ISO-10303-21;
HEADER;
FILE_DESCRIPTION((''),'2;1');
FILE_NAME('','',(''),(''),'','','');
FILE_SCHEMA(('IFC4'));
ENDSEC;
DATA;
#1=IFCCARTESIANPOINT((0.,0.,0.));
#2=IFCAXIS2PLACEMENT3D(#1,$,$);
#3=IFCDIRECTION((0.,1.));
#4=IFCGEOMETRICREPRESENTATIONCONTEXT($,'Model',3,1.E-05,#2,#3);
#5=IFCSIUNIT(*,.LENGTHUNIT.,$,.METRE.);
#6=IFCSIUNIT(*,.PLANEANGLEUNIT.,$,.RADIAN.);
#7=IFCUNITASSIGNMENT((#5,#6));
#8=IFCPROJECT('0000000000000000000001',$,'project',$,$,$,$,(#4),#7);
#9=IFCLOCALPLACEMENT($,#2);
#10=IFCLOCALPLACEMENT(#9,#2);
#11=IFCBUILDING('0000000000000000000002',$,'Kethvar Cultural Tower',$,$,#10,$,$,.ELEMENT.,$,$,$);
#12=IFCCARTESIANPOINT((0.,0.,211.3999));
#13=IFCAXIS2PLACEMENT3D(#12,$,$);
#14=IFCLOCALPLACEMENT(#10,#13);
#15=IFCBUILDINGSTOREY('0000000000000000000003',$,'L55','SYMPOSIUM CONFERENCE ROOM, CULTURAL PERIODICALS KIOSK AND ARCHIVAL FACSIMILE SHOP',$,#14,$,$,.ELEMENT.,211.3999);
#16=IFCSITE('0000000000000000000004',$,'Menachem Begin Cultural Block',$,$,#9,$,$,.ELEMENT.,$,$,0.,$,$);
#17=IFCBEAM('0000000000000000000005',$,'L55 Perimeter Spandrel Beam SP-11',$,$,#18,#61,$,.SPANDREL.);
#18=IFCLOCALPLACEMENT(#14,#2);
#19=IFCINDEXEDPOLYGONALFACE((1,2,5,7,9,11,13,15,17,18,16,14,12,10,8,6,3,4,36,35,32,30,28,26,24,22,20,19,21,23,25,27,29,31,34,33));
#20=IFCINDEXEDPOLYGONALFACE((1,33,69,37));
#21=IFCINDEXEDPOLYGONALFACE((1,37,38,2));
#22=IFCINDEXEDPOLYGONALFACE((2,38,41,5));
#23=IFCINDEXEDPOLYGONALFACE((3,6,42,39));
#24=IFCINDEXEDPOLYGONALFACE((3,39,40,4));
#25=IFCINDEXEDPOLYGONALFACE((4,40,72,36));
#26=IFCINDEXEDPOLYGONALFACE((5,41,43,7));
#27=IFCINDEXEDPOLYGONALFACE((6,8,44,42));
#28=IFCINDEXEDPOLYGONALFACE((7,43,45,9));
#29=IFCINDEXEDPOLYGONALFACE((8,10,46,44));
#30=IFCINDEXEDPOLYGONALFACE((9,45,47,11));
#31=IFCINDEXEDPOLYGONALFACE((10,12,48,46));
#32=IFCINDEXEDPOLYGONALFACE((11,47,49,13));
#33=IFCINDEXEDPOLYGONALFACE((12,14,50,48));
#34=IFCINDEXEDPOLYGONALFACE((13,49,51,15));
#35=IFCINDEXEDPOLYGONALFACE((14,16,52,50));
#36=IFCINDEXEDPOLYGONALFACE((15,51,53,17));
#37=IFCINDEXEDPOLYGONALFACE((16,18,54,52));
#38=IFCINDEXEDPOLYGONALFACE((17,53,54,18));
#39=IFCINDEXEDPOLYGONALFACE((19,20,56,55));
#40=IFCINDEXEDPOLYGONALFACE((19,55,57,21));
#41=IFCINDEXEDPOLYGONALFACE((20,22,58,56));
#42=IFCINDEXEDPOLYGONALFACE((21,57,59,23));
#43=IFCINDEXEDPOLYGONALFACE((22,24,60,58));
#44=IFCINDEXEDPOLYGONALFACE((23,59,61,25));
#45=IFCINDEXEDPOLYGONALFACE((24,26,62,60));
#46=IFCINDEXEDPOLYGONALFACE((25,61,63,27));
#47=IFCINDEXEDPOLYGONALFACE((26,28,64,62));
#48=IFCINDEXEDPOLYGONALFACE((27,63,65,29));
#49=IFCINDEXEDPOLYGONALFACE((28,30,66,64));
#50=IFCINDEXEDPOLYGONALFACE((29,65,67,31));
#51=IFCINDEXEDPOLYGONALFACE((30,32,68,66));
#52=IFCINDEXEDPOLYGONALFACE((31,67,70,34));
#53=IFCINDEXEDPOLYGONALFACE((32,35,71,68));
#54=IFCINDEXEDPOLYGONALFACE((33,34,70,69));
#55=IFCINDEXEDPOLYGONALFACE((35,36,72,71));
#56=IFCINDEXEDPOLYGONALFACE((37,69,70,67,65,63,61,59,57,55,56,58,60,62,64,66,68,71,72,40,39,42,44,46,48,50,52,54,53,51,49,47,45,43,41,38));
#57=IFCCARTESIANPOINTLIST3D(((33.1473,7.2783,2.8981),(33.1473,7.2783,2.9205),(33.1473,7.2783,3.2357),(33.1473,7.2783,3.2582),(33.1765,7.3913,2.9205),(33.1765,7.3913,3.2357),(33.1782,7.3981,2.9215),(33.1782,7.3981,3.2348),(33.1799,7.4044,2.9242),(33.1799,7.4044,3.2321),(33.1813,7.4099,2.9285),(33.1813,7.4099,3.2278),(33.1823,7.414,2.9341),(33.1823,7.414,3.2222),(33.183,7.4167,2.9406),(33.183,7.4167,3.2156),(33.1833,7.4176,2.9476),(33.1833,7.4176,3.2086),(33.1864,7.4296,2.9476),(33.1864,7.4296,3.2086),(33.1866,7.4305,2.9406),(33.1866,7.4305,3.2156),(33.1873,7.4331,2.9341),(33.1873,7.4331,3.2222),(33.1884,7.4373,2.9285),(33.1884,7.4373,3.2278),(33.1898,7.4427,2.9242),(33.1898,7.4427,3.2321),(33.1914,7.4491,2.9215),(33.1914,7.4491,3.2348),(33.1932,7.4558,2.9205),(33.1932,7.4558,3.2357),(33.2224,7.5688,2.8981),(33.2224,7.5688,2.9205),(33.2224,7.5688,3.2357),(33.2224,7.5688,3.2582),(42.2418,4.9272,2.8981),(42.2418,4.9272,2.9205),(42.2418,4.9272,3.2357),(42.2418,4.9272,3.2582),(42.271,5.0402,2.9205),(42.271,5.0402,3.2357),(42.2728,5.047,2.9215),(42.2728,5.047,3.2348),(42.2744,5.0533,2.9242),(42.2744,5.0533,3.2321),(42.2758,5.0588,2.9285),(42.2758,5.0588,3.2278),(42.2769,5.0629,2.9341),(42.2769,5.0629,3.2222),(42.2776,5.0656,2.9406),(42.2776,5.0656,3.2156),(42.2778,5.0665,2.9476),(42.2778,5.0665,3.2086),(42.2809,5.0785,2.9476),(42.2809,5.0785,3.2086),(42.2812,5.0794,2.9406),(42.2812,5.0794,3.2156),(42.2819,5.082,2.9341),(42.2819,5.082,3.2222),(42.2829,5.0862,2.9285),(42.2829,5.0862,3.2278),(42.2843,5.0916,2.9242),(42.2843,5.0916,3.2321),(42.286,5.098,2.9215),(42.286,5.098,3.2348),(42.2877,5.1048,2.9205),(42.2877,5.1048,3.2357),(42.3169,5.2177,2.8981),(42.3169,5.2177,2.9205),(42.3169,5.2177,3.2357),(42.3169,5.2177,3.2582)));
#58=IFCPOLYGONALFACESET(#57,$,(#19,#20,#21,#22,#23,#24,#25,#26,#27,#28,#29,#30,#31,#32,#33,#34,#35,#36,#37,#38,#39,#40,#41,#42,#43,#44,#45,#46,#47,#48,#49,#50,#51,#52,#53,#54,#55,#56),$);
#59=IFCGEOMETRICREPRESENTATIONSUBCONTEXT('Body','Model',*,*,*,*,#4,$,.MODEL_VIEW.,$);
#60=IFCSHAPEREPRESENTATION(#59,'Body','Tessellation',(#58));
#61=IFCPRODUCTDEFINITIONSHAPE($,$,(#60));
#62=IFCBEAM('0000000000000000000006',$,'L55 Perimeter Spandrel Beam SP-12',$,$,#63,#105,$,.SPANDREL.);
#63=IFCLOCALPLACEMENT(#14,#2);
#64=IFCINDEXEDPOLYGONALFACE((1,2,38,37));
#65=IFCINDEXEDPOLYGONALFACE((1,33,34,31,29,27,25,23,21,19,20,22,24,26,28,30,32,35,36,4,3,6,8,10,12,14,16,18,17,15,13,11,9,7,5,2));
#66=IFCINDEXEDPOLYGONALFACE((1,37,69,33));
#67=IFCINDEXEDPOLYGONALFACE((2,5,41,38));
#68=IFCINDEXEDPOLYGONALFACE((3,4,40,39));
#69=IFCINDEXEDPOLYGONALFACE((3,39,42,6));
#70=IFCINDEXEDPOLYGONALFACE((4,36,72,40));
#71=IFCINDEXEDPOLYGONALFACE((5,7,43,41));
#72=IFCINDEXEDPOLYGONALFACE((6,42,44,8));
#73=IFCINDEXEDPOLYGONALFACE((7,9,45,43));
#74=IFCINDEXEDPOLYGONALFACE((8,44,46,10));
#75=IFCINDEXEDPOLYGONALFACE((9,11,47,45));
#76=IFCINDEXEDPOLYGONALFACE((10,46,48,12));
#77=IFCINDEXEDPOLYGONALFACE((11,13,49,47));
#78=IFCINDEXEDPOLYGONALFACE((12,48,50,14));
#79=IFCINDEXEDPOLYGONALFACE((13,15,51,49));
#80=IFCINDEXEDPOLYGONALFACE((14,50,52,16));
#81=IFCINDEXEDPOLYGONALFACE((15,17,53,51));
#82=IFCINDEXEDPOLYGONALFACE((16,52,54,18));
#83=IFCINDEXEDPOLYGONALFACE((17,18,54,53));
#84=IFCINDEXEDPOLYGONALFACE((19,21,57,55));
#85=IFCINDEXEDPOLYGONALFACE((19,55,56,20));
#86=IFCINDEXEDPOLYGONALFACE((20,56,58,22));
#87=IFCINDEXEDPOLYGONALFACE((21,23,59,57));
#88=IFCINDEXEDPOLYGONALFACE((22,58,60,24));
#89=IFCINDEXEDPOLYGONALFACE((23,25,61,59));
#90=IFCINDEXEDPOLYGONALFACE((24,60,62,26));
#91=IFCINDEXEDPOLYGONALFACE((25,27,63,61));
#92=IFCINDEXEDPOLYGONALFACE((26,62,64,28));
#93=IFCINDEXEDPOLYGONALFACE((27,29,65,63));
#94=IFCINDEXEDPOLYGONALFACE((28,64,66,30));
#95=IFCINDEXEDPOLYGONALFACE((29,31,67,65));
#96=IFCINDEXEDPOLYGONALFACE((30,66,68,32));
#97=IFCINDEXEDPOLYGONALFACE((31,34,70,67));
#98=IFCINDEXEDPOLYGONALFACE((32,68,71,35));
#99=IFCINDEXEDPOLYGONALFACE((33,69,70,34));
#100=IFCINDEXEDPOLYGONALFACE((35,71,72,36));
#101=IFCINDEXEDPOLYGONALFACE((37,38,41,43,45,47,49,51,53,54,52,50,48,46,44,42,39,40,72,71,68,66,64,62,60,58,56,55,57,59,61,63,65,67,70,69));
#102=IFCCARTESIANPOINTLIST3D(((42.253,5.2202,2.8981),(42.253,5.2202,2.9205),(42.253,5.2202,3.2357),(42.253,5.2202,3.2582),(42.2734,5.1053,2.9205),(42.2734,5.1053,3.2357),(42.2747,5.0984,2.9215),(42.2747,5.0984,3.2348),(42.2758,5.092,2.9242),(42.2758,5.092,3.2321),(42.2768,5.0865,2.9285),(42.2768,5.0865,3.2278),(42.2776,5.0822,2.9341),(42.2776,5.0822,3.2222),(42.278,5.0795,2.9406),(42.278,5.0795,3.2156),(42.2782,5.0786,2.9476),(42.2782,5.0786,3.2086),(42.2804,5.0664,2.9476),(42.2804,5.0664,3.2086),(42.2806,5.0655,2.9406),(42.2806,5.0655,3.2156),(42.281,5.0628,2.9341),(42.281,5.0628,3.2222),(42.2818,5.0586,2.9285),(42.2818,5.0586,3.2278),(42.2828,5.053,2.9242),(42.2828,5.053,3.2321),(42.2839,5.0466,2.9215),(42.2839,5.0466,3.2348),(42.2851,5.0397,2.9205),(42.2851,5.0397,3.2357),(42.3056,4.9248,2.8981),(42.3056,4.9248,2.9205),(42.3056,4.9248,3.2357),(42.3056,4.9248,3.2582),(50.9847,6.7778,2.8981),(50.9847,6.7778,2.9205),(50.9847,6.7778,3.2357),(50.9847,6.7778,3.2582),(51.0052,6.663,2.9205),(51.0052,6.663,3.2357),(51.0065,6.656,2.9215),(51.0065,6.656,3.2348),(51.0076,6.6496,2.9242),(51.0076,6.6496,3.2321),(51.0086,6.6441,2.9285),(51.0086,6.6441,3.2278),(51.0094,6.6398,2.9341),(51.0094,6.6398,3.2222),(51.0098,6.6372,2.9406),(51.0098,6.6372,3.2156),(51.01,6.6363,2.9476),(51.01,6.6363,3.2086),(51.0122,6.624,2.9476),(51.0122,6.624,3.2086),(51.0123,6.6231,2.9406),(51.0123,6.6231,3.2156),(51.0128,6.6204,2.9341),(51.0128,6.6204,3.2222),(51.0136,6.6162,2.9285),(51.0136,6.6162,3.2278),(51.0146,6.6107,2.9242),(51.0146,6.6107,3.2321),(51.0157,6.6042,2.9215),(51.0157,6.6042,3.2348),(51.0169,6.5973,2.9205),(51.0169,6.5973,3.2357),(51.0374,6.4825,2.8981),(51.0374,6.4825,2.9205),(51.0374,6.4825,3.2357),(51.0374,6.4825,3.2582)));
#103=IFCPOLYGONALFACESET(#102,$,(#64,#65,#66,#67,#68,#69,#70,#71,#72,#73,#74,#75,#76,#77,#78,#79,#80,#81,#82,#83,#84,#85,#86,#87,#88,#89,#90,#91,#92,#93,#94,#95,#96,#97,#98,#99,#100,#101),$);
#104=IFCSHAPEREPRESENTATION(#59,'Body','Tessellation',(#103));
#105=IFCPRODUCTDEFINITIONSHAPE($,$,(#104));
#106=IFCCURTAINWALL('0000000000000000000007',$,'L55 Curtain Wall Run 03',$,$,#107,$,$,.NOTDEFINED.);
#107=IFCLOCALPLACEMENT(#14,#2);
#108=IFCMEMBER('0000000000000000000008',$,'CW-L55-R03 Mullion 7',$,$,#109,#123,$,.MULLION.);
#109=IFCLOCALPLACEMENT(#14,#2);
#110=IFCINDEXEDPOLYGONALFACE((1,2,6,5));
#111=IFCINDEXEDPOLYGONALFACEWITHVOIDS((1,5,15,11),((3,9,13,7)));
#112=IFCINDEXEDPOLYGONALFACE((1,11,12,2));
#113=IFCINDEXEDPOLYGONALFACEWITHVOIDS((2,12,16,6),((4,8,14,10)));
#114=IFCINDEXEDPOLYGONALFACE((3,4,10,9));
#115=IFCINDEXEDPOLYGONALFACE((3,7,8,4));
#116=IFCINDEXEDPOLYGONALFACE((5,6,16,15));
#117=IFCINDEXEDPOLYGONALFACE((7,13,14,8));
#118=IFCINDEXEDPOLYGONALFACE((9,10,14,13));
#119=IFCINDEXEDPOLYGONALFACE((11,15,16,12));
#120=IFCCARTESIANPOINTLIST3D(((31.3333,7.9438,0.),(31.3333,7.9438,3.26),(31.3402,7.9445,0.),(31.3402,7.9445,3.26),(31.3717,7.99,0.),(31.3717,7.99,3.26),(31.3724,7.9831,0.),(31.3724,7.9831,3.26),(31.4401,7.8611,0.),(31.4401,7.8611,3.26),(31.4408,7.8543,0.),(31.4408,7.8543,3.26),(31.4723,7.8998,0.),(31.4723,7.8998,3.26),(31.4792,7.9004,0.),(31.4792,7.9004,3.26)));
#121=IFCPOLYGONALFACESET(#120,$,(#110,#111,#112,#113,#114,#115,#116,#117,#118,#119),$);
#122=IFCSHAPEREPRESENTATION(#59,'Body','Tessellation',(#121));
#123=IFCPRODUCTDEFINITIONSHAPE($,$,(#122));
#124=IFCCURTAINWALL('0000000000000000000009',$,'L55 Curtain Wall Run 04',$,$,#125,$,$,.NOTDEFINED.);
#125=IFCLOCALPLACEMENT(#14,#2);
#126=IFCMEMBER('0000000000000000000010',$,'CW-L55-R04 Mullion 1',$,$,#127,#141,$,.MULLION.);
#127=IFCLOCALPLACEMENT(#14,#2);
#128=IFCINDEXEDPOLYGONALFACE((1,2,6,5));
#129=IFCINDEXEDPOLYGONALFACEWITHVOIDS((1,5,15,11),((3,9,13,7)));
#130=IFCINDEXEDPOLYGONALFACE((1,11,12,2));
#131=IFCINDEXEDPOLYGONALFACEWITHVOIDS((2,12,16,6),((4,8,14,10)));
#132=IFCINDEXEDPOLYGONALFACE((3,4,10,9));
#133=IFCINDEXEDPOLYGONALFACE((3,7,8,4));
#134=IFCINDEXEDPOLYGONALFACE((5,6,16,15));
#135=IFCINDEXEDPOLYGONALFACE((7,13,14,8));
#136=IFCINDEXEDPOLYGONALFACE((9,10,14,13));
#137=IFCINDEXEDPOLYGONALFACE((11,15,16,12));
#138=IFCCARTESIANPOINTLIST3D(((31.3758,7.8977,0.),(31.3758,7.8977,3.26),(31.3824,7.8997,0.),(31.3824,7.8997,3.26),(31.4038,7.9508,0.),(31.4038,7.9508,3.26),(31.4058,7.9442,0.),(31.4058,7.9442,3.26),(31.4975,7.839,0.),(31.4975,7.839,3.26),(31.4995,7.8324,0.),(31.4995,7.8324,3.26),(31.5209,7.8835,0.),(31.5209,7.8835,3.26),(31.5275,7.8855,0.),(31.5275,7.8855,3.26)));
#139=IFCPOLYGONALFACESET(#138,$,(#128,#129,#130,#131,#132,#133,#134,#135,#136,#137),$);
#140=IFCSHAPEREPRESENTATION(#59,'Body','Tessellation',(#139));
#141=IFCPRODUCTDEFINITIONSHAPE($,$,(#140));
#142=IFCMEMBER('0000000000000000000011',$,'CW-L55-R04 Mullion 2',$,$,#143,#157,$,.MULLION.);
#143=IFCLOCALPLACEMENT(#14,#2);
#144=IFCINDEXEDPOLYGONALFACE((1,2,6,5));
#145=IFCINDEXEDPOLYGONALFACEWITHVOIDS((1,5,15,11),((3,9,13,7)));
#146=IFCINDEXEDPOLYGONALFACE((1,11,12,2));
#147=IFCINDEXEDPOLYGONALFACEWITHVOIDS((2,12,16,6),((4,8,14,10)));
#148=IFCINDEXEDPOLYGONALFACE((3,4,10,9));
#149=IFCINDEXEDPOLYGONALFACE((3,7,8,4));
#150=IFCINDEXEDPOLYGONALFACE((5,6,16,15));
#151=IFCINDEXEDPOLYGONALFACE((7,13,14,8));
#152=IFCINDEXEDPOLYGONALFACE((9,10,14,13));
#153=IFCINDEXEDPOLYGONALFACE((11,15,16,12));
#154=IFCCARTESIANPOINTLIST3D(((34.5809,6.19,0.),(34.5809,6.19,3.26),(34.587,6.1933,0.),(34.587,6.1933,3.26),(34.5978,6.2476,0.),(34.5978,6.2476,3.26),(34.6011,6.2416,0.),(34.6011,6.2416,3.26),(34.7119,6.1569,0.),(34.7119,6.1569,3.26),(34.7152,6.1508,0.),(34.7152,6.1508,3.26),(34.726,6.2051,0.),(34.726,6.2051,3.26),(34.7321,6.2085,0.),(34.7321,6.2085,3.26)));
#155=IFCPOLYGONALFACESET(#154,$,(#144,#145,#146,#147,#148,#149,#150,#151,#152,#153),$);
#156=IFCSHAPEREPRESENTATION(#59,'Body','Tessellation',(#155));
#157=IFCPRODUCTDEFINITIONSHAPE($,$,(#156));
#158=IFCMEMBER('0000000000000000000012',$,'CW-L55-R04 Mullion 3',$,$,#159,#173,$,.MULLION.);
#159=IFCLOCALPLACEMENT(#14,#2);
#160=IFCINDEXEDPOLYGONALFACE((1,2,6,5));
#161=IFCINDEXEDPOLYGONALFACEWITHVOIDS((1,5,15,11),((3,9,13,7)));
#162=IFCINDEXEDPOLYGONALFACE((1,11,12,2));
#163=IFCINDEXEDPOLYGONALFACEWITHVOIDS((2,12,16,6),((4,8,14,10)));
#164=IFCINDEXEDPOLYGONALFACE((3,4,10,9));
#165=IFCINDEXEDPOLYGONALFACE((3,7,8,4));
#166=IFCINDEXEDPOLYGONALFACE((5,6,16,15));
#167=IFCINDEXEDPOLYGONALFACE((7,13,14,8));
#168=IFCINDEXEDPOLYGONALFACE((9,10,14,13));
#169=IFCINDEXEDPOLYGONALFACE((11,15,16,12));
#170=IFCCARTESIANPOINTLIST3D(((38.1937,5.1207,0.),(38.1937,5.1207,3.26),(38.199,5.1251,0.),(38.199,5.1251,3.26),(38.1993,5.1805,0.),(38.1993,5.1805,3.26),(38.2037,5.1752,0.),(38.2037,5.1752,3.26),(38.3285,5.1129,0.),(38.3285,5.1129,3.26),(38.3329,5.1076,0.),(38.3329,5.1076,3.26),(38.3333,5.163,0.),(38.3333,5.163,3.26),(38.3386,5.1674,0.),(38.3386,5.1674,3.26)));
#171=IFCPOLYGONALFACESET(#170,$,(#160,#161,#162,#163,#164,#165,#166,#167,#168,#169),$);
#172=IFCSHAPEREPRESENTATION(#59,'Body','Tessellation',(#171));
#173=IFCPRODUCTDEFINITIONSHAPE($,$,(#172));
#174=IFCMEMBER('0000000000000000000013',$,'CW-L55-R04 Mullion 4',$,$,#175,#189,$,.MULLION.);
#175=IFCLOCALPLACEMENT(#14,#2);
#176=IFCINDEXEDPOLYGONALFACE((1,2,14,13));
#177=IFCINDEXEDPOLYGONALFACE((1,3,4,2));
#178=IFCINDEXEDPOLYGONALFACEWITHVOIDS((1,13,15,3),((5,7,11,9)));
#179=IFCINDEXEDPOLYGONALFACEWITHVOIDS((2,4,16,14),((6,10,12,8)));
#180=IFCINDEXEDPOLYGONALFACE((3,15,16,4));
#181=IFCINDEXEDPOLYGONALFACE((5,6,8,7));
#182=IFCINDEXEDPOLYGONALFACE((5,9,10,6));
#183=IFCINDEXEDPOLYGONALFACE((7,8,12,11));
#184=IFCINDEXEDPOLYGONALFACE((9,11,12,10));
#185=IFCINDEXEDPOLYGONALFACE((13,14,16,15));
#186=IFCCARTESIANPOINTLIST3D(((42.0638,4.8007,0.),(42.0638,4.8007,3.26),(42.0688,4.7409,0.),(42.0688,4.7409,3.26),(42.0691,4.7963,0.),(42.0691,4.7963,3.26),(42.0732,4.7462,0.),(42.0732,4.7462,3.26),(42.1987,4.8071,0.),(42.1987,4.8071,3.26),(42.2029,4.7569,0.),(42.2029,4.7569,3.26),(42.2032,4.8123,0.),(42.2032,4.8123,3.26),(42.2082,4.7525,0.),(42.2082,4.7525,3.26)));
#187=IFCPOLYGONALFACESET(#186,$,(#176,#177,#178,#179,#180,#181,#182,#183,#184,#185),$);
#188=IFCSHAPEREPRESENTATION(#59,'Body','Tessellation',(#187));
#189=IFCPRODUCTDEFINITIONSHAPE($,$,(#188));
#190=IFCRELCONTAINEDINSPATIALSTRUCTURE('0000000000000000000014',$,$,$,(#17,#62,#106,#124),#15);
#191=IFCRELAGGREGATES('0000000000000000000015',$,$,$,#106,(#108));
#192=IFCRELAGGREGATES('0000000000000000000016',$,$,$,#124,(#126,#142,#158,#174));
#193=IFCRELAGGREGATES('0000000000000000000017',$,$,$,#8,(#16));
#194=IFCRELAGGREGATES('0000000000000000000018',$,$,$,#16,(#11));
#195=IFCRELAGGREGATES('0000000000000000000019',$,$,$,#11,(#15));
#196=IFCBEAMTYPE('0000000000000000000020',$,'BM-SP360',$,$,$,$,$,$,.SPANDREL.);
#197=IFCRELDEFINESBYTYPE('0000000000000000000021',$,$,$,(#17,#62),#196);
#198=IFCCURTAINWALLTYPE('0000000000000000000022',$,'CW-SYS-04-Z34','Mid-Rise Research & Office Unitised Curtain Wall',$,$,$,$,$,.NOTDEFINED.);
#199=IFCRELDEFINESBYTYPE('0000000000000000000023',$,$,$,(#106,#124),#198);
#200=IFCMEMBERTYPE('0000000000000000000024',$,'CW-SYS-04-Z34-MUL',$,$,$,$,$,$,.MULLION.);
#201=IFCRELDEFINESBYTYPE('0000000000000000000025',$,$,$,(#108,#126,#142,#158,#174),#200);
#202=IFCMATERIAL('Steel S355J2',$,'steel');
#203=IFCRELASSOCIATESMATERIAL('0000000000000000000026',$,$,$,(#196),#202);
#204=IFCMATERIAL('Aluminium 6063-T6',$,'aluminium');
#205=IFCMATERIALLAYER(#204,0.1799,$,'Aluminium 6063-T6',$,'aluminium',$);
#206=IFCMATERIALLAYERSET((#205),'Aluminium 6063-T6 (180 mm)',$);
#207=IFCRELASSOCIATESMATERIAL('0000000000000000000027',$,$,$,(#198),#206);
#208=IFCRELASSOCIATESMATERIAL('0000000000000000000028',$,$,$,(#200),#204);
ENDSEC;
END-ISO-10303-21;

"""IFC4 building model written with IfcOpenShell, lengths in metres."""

from ifc_helpers import new_model, si_unit, direction, frame, origin, origin_2d, place, context, subcontext, project, spatial, hollow_rectangle, i_section, extrude, source, transform, mapped, material, layer, layer_set, material_profile, profile_set, type_object, element, aggregate, save


model = new_model("IFC4")

# Units and contexts
model_context = context("Model", 3, precision=1e-05, world=origin(), true_north=direction((0.0, 1.0)))
body_context = subcontext(model_context, "Body", "Model", "MODEL_VIEW")
ifc_project = project(units=[si_unit("LENGTHUNIT", "METRE"), si_unit("PLANEANGLEUNIT", "RADIAN")], contexts=[model_context])

# Site, building, storey
site_placement = place(None, origin())
site = spatial("IfcSite", under=ifc_project, at=site_placement, Name="Menachem Begin Cultural Block", CompositionType="ELEMENT", RefElevation=0.0)
building_placement = place(site_placement, origin())
building = spatial("IfcBuilding", under=site, at=building_placement, Name="Kethvar Cultural Tower", CompositionType="ELEMENT")
storey_placement = place(building_placement, frame((0.0, 0.0, 211.3999)))
storey = spatial("IfcBuildingStorey", under=building, at=storey_placement, Name="L55", Description="SYMPOSIUM CONFERENCE ROOM, CULTURAL PERIODICALS KIOSK AND ARCHIVAL FACSIMILE SHOP", CompositionType="ELEMENT", Elevation=211.3999)

# Beams
ifc_material_1 = material(Name="Steel S355J2", Category="steel")
ifc_material_profile_1 = material_profile(ifc_material_1, i_section(OverallWidth=0.3, OverallDepth=0.3601, WebThickness=0.0125, FlangeThickness=0.0225, FilletRadius=0.0271, at=origin_2d()), Name="Steel S355J2 — HEB360")
ifc_profile_set_1 = profile_set([ifc_material_profile_1], Name="Steel S355J2 — HEB360")
beam_type_1 = type_object("IfcBeamType", Name="BM-SP360", PredefinedType="SPANDREL", material=ifc_profile_set_1)
shared_shape_1 = source(origin(), body_context, "Body", "SweptSolid", [
    extrude(i_section(OverallWidth=0.3, OverallDepth=0.3601, WebThickness=0.0125, FlangeThickness=0.0225, FilletRadius=0.0271, at=origin_2d()), origin(), (0.0, 0.0, 1.0), 9.3936),
])
beam_1_placement = place(storey_placement, frame((33.1848, 7.4236, 3.0781), z_axis=(0.968171, -0.250288, 0.0), x_axis=(0.250288, 0.968171, 0.0)))
element("IfcBeam", 1, at=beam_1_placement, inside=storey, type_object=beam_type_1, Name="L55 Perimeter Spandrel Beam SP-11", PredefinedType="SPANDREL", context=body_context, shape_type="MappedRepresentation", body=[
    mapped(shared_shape_1, transform((0.0, 0.0, 0.0), scale=1.0)),
])
shared_shape_2 = source(origin(), body_context, "Body", "SweptSolid", [
    extrude(i_section(OverallWidth=0.3, OverallDepth=0.3601, WebThickness=0.0125, FlangeThickness=0.0225, FilletRadius=0.0271, at=origin_2d()), origin(), (0.0, 0.0, 1.0), 8.8696),
])
beam_2_placement = place(storey_placement, frame((42.2793, 5.0725, 3.0781), z_axis=(0.984459, 0.175614, 0.0), x_axis=(-0.175614, 0.984459, 0.0)))
element("IfcBeam", 2, at=beam_2_placement, inside=storey, type_object=beam_type_1, Name="L55 Perimeter Spandrel Beam SP-12", PredefinedType="SPANDREL", context=body_context, shape_type="MappedRepresentation", body=[
    mapped(shared_shape_2, transform((0.0, 0.0, 0.0), scale=1.0)),
])

# Curtain wall, member
ifc_material_2 = material(Name="Aluminium 6063-T6", Category="aluminium")
ifc_layer_1 = layer(ifc_material_2, 0.1799, Name="Aluminium 6063-T6", Category="aluminium")
ifc_layer_set_1 = layer_set([ifc_layer_1], Name="Aluminium 6063-T6 (180 mm)")
curtain_wall_type = type_object("IfcCurtainWallType", Name="CW-SYS-04-Z34", Description="Mid-Rise Research & Office Unitised Curtain Wall", PredefinedType="NOTDEFINED", material=ifc_layer_set_1)
curtain_wall_1_placement = place(storey_placement, origin())
curtain_wall_1 = element("IfcCurtainWall", 3, at=curtain_wall_1_placement, inside=storey, type_object=curtain_wall_type, Name="L55 Curtain Wall Run 03", PredefinedType="NOTDEFINED")
ifc_material_profile_2 = material_profile(ifc_material_2, hollow_rectangle(XDim=0.0601, YDim=0.1399, WallThickness=0.0049, at=origin_2d()), Name="Aluminium 6063-T6 — RHS140x60x5")
ifc_profile_set_2 = profile_set([ifc_material_profile_2], Name="Aluminium 6063-T6 — RHS140x60x5")
member_type_1 = type_object("IfcMemberType", Name="CW-SYS-04-Z34-MUL", PredefinedType="MULLION", material=ifc_profile_set_2)
shared_shape_3 = source(origin(), body_context, "Body", "SweptSolid", [
    extrude(hollow_rectangle(XDim=0.0601, YDim=0.1399, WallThickness=0.0049, at=origin_2d()), origin(), (0.0, 0.0, 1.0), 3.26),
])
member_1_placement = place(storey_placement, frame((31.4062, 7.9221, 0.0), z_axis=(0.0, 0.0, 1.0), x_axis=(0.640217, 0.768194, 0.0)))
member_1 = element("IfcMember", 4, at=member_1_placement, type_object=member_type_1, Name="CW-L55-R03 Mullion 7", PredefinedType="MULLION", context=body_context, shape_type="MappedRepresentation", body=[
    mapped(shared_shape_3, transform((0.0, 0.0, 0.0), scale=1.0)),
])
aggregate(curtain_wall_1, [member_1])

# Curtain wall, members
curtain_wall_2_placement = place(storey_placement, origin())
curtain_wall_2 = element("IfcCurtainWall", 5, at=curtain_wall_2_placement, inside=storey, type_object=curtain_wall_type, Name="L55 Curtain Wall Run 04", PredefinedType="NOTDEFINED")
member_2_placement = place(storey_placement, frame((31.4517, 7.8916, 0.0), z_axis=(0.0, 0.0, 1.0), x_axis=(0.466387, 0.884581, 0.0)))
member_2 = element("IfcMember", 6, at=member_2_placement, type_object=member_type_1, Name="CW-L55-R04 Mullion 1", PredefinedType="MULLION", context=body_context, shape_type="MappedRepresentation", body=[
    mapped(shared_shape_3, transform((0.0, 0.0, 0.0), scale=1.0)),
])
member_3_placement = place(storey_placement, frame((34.6565, 6.1992, 0.0), z_axis=(0.0, 0.0, 1.0), x_axis=(0.280114, 0.959967, 0.0)))
member_3 = element("IfcMember", 7, at=member_3_placement, type_object=member_type_1, Name="CW-L55-R04 Mullion 2", PredefinedType="MULLION", context=body_context, shape_type="MappedRepresentation", body=[
    mapped(shared_shape_3, transform((0.0, 0.0, 0.0), scale=1.0)),
])
member_4_placement = place(storey_placement, frame((38.2661, 5.144, 0.0), z_axis=(0.0, 0.0, 1.0), x_axis=(0.094091, 0.995564, 0.0)))
member_4 = element("IfcMember", 8, at=member_4_placement, type_object=member_type_1, Name="CW-L55-R04 Mullion 3", PredefinedType="MULLION", context=body_context, shape_type="MappedRepresentation", body=[
    mapped(shared_shape_3, transform((0.0, 0.0, 0.0), scale=1.0)),
])
member_5_placement = place(storey_placement, frame((42.136, 4.7766, 0.0), z_axis=(0.0, 0.0, 1.0), x_axis=(-0.082913, 0.996557, 0.0)))
member_5 = element("IfcMember", 9, at=member_5_placement, type_object=member_type_1, Name="CW-L55-R04 Mullion 4", PredefinedType="MULLION", context=body_context, shape_type="MappedRepresentation", body=[
    mapped(shared_shape_3, transform((0.0, 0.0, 0.0), scale=1.0)),
])
aggregate(curtain_wall_2, [member_2, member_3, member_4, member_5])

save(model, "model.ifc")
